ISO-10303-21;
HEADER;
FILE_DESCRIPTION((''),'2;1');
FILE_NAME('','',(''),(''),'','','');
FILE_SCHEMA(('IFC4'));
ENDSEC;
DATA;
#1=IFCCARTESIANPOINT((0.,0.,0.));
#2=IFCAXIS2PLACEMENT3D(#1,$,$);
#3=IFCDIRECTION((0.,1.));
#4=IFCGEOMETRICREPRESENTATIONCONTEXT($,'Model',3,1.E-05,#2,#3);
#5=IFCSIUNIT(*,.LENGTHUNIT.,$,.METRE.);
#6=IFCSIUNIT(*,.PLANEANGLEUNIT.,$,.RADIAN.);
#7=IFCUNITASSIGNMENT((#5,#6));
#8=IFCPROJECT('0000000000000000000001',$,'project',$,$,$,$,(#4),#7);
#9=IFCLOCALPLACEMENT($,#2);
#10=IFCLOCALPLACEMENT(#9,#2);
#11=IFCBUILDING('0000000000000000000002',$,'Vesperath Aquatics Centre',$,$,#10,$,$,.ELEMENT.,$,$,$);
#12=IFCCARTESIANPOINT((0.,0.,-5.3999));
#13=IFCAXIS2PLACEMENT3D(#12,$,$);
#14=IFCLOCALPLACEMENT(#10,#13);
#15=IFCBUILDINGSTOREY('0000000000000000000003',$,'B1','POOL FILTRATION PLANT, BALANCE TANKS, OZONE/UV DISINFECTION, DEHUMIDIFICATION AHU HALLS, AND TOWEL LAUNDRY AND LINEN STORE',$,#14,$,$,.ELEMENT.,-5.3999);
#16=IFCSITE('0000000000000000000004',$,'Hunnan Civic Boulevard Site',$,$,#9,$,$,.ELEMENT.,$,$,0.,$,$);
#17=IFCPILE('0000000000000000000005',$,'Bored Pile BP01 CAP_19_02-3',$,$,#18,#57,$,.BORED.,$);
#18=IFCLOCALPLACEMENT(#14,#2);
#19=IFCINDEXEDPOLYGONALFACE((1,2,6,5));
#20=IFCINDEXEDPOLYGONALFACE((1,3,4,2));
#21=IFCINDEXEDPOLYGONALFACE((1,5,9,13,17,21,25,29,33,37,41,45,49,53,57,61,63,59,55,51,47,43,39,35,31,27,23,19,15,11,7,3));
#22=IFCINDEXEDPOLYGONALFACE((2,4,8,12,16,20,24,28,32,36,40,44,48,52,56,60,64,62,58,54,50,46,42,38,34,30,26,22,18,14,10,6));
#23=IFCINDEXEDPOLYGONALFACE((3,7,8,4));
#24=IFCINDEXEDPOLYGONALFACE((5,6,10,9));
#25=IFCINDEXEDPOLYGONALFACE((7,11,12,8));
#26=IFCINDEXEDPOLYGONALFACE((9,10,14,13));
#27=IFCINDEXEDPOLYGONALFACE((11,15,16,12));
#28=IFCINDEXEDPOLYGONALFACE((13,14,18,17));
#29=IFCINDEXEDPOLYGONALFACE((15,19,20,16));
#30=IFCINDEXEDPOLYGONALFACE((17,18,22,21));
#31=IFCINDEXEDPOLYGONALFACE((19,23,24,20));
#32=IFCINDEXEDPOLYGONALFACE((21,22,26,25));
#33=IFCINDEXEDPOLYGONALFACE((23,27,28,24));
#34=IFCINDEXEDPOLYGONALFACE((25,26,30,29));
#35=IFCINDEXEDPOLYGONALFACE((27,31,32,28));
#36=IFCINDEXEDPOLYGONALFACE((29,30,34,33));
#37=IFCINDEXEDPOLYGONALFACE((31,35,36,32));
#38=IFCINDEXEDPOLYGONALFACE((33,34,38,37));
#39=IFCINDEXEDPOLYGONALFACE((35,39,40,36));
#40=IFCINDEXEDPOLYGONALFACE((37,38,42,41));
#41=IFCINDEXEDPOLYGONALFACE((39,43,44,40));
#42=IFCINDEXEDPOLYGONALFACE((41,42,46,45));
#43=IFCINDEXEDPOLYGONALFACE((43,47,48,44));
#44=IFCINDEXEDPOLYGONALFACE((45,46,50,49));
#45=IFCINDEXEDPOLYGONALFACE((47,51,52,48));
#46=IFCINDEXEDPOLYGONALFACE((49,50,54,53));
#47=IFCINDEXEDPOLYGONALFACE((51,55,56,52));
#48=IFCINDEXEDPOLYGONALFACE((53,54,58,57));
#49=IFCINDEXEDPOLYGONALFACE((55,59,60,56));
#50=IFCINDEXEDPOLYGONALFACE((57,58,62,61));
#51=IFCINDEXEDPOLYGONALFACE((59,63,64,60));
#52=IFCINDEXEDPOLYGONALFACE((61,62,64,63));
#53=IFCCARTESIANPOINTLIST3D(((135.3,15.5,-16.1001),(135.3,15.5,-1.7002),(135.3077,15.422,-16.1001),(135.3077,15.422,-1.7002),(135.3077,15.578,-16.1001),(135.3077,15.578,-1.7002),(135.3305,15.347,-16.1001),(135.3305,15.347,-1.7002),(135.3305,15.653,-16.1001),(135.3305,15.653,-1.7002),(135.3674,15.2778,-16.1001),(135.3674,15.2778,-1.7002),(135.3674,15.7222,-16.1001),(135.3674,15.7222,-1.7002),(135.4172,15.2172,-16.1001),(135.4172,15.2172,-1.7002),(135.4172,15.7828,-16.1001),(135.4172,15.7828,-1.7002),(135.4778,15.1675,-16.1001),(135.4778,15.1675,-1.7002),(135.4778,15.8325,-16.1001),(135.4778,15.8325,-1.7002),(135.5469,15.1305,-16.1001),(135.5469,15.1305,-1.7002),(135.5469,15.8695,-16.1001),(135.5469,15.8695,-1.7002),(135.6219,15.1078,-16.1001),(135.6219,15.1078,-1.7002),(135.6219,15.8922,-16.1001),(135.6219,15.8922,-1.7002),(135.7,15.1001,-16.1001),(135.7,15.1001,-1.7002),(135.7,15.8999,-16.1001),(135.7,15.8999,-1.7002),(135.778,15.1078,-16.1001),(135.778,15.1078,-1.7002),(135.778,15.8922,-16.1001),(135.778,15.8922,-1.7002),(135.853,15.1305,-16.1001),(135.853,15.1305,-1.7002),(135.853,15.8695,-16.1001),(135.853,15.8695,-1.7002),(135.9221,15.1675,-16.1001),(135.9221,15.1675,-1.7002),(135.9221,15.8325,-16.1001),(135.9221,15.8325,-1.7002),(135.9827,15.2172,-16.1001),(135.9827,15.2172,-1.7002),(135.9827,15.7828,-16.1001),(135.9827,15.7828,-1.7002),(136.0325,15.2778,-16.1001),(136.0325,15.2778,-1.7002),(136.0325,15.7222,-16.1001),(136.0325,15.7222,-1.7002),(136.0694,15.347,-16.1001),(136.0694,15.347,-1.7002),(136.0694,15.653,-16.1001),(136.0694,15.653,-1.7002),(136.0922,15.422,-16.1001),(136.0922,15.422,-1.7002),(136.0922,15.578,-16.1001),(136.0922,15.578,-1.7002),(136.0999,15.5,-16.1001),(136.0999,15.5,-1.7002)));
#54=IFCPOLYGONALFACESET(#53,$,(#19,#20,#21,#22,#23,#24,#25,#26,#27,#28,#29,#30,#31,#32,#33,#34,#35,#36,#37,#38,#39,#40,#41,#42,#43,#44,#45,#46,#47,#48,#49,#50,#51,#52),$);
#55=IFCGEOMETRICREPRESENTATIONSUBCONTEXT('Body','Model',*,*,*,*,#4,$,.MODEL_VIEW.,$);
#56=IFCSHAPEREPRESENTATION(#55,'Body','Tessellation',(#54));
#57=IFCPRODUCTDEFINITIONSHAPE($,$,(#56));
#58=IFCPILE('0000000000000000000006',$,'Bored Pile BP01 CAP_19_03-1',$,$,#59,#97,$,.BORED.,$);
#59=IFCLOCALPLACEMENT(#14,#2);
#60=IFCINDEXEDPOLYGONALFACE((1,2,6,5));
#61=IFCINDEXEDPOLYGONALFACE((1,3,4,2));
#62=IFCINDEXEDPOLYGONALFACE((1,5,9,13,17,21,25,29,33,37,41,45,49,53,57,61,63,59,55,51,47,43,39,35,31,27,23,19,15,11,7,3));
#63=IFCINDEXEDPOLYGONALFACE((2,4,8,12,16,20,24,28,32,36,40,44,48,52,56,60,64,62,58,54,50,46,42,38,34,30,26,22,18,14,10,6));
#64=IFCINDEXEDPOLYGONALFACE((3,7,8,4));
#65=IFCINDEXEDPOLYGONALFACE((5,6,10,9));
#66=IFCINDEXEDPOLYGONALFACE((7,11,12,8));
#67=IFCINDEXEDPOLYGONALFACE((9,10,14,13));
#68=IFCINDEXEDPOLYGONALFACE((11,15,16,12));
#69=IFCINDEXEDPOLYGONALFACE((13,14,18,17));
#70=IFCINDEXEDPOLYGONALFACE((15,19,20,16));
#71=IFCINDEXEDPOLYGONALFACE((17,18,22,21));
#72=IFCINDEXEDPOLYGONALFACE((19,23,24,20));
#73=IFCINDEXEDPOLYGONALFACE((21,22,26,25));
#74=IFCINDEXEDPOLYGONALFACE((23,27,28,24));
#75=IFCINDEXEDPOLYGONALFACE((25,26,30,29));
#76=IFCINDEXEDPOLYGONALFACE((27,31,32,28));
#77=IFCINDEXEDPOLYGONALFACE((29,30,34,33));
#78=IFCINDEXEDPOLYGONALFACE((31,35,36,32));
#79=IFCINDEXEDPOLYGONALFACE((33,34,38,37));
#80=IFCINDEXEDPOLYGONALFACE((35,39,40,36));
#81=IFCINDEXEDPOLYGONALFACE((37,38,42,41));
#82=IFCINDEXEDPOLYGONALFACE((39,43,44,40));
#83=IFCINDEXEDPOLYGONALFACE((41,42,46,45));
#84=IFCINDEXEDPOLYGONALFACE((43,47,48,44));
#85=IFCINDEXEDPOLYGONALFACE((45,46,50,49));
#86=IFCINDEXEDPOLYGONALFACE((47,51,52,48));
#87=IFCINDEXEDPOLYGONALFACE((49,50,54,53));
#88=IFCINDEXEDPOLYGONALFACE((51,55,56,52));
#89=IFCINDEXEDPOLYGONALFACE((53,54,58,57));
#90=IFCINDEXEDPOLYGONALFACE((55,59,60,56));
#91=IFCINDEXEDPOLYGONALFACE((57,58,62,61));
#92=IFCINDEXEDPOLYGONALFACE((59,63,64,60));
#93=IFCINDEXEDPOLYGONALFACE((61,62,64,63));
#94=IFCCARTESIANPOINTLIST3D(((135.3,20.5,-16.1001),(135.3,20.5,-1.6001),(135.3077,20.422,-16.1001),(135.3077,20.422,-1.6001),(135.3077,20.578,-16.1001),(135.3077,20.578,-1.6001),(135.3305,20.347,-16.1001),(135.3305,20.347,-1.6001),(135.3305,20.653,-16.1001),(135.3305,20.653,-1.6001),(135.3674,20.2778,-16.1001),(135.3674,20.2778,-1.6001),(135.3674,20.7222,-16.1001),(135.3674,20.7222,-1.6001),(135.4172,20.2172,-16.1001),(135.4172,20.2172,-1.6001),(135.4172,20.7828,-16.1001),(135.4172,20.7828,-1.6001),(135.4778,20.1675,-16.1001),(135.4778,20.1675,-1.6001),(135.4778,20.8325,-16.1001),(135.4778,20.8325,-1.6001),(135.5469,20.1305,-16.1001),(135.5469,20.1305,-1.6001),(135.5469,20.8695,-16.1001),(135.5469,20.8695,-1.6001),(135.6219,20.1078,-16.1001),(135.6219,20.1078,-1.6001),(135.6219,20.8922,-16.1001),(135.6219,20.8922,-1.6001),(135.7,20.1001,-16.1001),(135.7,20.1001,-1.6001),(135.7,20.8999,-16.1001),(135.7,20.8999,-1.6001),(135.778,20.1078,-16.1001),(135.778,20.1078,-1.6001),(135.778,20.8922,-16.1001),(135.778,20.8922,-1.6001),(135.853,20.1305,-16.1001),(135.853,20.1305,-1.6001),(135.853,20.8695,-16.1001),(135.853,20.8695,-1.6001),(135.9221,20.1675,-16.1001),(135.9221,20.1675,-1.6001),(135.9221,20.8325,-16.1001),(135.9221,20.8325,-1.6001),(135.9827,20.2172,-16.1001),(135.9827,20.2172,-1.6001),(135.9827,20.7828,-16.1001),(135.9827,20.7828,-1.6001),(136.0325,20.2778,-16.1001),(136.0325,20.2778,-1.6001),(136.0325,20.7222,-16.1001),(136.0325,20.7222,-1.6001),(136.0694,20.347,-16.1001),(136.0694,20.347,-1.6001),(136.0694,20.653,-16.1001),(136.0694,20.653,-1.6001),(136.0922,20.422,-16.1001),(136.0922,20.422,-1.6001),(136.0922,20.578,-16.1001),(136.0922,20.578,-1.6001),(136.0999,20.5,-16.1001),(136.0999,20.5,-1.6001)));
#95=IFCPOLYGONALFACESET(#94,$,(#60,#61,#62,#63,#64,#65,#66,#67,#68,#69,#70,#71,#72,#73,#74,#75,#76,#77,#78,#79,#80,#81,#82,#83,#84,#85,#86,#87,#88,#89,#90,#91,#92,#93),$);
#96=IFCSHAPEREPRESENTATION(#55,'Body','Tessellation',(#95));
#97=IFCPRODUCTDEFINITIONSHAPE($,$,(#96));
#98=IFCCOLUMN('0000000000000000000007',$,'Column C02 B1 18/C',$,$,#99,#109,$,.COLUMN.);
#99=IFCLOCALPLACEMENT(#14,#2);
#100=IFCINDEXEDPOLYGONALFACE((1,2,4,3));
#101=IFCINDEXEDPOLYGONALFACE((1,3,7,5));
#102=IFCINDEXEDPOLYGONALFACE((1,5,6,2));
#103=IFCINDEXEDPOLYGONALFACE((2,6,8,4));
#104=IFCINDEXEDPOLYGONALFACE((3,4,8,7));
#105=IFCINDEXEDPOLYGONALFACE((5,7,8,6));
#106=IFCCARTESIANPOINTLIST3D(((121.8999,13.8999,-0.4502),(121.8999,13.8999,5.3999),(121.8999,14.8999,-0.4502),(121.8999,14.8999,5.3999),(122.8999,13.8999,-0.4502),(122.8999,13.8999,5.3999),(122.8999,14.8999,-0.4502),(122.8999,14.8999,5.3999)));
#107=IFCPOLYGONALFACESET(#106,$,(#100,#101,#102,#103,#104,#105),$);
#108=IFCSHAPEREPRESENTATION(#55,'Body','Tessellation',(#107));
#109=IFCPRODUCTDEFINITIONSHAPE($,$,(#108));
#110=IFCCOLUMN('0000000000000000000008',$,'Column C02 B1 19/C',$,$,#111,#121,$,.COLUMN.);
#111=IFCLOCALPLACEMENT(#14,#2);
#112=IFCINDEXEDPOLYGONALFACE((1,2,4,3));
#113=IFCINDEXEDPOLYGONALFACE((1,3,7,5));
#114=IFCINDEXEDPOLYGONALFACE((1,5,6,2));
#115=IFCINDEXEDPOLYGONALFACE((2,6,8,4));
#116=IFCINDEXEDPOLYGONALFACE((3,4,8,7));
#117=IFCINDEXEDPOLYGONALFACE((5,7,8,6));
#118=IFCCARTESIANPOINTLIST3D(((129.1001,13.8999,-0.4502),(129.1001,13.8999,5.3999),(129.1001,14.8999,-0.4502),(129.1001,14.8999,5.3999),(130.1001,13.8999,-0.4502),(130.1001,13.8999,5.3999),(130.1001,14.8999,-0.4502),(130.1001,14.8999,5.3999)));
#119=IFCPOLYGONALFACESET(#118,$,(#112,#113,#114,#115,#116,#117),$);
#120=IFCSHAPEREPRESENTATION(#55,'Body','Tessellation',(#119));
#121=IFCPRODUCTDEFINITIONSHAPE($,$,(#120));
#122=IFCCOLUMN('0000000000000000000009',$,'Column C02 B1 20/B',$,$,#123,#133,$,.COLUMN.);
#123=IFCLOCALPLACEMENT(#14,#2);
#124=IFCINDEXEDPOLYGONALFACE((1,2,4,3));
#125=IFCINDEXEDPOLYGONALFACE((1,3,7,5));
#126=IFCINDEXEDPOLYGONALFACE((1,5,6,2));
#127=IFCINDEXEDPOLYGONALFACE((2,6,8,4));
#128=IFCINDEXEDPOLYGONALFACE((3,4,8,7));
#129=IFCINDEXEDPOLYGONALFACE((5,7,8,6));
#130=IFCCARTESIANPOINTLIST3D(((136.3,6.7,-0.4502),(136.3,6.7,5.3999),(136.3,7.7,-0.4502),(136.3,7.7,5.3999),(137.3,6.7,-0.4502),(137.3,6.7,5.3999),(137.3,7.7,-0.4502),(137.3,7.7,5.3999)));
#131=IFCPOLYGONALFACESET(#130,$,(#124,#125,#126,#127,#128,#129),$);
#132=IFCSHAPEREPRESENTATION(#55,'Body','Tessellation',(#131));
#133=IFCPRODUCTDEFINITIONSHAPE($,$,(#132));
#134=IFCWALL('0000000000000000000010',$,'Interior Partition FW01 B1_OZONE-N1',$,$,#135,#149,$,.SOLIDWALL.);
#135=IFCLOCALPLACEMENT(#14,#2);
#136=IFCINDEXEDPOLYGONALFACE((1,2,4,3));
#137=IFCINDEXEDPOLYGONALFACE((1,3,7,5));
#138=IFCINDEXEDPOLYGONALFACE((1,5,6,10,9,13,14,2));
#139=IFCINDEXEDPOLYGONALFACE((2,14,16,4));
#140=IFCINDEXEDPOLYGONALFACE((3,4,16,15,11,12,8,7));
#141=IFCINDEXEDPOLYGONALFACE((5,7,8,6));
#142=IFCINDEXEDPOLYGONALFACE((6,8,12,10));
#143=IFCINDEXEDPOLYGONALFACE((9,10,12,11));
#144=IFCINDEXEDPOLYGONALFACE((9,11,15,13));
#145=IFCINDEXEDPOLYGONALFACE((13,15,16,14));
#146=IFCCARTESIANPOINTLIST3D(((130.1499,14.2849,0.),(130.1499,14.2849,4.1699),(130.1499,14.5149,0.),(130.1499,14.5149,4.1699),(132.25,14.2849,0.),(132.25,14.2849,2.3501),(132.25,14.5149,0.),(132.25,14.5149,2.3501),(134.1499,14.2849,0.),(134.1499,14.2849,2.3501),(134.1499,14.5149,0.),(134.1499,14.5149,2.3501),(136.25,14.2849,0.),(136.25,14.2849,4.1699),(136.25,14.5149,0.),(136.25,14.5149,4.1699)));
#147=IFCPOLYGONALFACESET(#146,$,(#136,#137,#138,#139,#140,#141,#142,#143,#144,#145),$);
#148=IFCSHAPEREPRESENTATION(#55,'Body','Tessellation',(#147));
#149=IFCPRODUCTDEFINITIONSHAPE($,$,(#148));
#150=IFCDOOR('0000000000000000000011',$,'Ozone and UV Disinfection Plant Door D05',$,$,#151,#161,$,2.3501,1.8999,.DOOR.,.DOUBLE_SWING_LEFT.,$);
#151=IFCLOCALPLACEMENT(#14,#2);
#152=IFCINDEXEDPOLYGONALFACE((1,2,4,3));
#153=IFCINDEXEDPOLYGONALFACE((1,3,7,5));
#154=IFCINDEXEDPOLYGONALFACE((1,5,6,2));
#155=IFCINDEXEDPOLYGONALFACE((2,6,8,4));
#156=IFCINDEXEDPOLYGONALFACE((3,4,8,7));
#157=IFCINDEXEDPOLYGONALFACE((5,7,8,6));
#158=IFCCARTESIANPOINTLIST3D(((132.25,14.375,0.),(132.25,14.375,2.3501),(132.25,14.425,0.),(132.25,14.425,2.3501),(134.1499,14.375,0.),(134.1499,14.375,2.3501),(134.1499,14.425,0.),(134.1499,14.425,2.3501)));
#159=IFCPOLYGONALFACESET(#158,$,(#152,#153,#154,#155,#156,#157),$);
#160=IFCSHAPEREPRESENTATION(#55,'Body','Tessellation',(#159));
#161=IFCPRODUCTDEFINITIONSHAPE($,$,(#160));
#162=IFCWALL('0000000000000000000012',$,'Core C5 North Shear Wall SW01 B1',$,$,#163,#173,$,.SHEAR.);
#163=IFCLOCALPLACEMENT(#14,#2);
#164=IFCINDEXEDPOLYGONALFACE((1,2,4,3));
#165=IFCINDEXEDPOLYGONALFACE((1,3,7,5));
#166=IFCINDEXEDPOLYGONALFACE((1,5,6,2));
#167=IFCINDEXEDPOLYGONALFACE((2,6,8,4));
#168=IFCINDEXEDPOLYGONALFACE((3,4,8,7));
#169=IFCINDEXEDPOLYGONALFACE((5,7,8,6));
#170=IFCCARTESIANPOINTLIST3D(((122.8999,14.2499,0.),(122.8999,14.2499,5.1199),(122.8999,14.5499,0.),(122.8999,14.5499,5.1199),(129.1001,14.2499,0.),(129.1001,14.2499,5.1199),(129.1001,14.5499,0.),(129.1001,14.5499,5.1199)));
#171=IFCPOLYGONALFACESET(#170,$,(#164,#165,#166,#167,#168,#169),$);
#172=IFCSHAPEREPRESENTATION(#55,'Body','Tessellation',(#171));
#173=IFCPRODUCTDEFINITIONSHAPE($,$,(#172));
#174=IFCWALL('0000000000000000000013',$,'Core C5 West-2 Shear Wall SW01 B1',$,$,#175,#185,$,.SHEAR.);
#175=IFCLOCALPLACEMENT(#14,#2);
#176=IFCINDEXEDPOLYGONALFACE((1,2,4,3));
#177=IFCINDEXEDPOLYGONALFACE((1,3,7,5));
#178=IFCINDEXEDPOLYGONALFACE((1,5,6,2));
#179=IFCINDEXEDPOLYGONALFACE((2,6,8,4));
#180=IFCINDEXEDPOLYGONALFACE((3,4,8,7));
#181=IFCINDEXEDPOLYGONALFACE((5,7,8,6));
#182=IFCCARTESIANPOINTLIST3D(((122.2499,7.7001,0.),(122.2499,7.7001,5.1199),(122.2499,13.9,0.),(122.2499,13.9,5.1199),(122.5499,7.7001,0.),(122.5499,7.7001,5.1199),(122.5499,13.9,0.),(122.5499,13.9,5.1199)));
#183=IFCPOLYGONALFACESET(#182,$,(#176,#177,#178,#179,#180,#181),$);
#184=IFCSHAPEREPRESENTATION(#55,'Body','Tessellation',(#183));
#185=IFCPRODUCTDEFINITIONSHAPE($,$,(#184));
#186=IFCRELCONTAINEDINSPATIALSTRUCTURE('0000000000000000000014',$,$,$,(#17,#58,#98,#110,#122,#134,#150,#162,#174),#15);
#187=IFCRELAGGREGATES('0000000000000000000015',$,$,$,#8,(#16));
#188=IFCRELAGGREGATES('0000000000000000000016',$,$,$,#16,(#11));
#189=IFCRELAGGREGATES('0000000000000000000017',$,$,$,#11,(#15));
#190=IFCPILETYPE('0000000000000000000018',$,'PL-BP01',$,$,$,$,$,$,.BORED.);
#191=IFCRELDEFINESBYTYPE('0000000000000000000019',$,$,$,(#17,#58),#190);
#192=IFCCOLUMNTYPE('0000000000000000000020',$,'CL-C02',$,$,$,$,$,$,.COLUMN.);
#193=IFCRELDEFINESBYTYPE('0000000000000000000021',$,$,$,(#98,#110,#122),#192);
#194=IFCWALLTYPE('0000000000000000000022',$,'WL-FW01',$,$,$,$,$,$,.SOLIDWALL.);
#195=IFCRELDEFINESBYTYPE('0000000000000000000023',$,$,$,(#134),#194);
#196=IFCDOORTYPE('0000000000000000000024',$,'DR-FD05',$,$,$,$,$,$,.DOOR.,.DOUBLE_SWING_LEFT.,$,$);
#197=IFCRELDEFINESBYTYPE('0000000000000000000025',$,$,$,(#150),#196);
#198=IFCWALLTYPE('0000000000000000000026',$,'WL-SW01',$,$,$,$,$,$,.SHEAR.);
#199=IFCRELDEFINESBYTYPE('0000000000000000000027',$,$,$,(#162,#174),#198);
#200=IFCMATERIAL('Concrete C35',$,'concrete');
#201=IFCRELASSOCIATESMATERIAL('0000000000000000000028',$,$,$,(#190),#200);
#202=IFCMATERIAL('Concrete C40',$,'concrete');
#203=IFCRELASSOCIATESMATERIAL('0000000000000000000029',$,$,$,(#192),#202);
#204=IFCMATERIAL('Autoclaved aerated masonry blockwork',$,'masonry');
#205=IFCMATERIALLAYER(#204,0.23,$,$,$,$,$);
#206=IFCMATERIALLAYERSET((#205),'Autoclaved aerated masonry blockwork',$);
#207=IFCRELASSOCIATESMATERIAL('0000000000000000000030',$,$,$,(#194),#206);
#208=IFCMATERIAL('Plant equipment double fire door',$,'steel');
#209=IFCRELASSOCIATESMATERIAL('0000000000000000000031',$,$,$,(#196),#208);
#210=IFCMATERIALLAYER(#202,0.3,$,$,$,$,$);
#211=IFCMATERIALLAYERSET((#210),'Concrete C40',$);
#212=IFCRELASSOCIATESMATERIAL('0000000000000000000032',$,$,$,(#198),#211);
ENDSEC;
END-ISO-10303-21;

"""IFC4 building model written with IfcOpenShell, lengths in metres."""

from ifc_helpers import new_model, si_unit, direction, frame, frame_2d, origin, origin_2d, place, context, subcontext, project, spatial, rectangle, circle, extrude, material, layer, layer_set, material_profile, profile_set, type_object, element, fill, save


model = new_model("IFC4")

# Units and contexts
model_context = context("Model", 3, precision=1e-05, world=origin(), true_north=direction((0.0, 1.0)))
body_context = subcontext(model_context, "Body", "Model", "MODEL_VIEW")
ifc_project = project(units=[si_unit("LENGTHUNIT", "METRE"), si_unit("PLANEANGLEUNIT", "RADIAN")], contexts=[model_context])

# Site, building, storey
site_placement = place(None, origin())
site = spatial("IfcSite", under=ifc_project, at=site_placement, Name="Hunnan Civic Boulevard Site", CompositionType="ELEMENT", RefElevation=0.0)
building_placement = place(site_placement, origin())
building = spatial("IfcBuilding", under=site, at=building_placement, Name="Vesperath Aquatics Centre", CompositionType="ELEMENT")
storey_placement = place(building_placement, frame((0.0, 0.0, -5.3999)))
storey = spatial("IfcBuildingStorey", under=building, at=storey_placement, Name="B1", Description="POOL FILTRATION PLANT, BALANCE TANKS, OZONE/UV DISINFECTION, DEHUMIDIFICATION AHU HALLS, AND TOWEL LAUNDRY AND LINEN STORE", CompositionType="ELEMENT", Elevation=-5.3999)

# Shared definitions
ifc_material_1 = material(Name="Concrete C40", Category="concrete")

# Piles
ifc_material_2 = material(Name="Concrete C35", Category="concrete")
ifc_material_profile_1 = material_profile(ifc_material_2, circle(Radius=0.3999, at=origin_2d()), Name="PILE D800")
ifc_profile_set_1 = profile_set([ifc_material_profile_1], Name="Concrete C35")
pile_type = type_object("IfcPileType", Name="PL-BP01", PredefinedType="BORED", material=ifc_profile_set_1)
for number, where, z_axis, x_axis, name in (
    (1, (135.7, 15.5, -1.7002), (0.0, 0.0, -1.0), (1.0, 0.0, 0.0), "Bored Pile BP01 CAP_19_02-3"),
):
    element("IfcPile", number, at=place(storey_placement, frame(where, z_axis=z_axis, x_axis=x_axis)), inside=storey, type_object=pile_type, Name=name, PredefinedType="BORED", context=body_context, shape_type="SweptSolid", body=[
        extrude(circle(Radius=0.3999, at=origin_2d()), origin(), (0.0, 0.0, 1.0), 14.3999),
    ])
pile_1_placement = place(storey_placement, frame((135.7, 20.5, -1.6001), z_axis=(0.0, 0.0, -1.0), x_axis=(1.0, 0.0, 0.0)))
element("IfcPile", 2, at=pile_1_placement, inside=storey, type_object=pile_type, Name="Bored Pile BP01 CAP_19_03-1", PredefinedType="BORED", context=body_context, shape_type="SweptSolid", body=[
    extrude(circle(Radius=0.3999, at=origin_2d()), origin(), (0.0, 0.0, 1.0), 14.5),
])

# Columns
ifc_material_profile_2 = material_profile(ifc_material_1, rectangle(XDim=1.0, YDim=1.0, at=origin_2d()), Name="RC 1000x1000")
ifc_profile_set_2 = profile_set([ifc_material_profile_2], Name="Concrete C40")
column_type = type_object("IfcColumnType", Name="CL-C02", PredefinedType="COLUMN", material=ifc_profile_set_2)
for number, where, z_axis, x_axis, name in (
    (3, (122.3999, 14.3999, -0.4502), (0.0, 0.0, 1.0), (1.0, 0.0, 0.0), "Column C02 B1 18/C"),
    (4, (129.6001, 14.3999, -0.4502), (0.0, 0.0, 1.0), (1.0, 0.0, 0.0), "Column C02 B1 19/C"),
    (5, (136.8, 7.2, -0.4502), (0.0, 0.0, 1.0), (1.0, 0.0, 0.0), "Column C02 B1 20/B"),
):
    element("IfcColumn", number, at=place(storey_placement, frame(where, z_axis=z_axis, x_axis=x_axis)), inside=storey, type_object=column_type, Name=name, PredefinedType="COLUMN", context=body_context, shape_type="SweptSolid", body=[
        extrude(rectangle(XDim=1.0, YDim=1.0, at=origin_2d()), origin(), (0.0, 0.0, 1.0), 5.8501),
    ])

# Wall, opening, door
ifc_material_3 = material(Name="Autoclaved aerated masonry blockwork", Category="masonry")
ifc_layer_1 = layer(ifc_material_3, 0.23)
ifc_layer_set_1 = layer_set([ifc_layer_1], Name="Autoclaved aerated masonry blockwork")
wall_type_1 = type_object("IfcWallType", Name="WL-FW01", PredefinedType="SOLIDWALL", material=ifc_layer_set_1)
wall_1_placement = place(storey_placement, frame((130.1499, 14.3999, 0.0), z_axis=(0.0, 0.0, 1.0), x_axis=(1.0, 0.0, 0.0)))
wall_1 = element("IfcWall", 6, at=wall_1_placement, inside=storey, type_object=wall_type_1, Name="Interior Partition FW01 B1_OZONE-N1", PredefinedType="SOLIDWALL", context=body_context, shape_type="SweptSolid", body=[
    extrude(rectangle(XDim=6.1001, YDim=0.23, at=frame_2d((3.05, 0.0))), origin(), (0.0, 0.0, 1.0), 4.1699),
])
opening_1_placement = place(wall_1_placement, frame((2.1001, 0.0, 0.0)))
opening_1 = element("IfcOpeningElement", 7, at=opening_1_placement, cuts=wall_1, PredefinedType="OPENING", context=body_context, shape_type="SweptSolid", body=[
    extrude(rectangle(XDim=1.8999, YDim=2.3501, at=frame_2d((0.95, 1.175))), frame((0.0, 0.1299, 0.0), z_axis=(0.0, -1.0, 0.0), x_axis=(1.0, 0.0, 0.0)), (0.0, 0.0, 1.0), 0.2598),
])
ifc_material_4 = material(Name="Plant equipment double fire door", Category="steel")
door_type_1 = type_object("IfcDoorType", Name="DR-FD05", OperationType="DOUBLE_SWING_LEFT", PredefinedType="DOOR", material=ifc_material_4)
door_1_placement = place(opening_1_placement, frame((1.8999, 0.0, 0.0), z_axis=(0.0, 0.0, 1.0), x_axis=(-1.0, 0.0, 0.0)))
door_1 = element("IfcDoor", 8, at=door_1_placement, inside=storey, type_object=door_type_1, Name="Ozone and UV Disinfection Plant Door D05", OperationType="DOUBLE_SWING_LEFT", OverallHeight=2.3501, OverallWidth=1.8999, PredefinedType="DOOR", context=body_context, shape_type="SweptSolid", body=[
    extrude(rectangle(XDim=1.8999, YDim=2.3501, at=frame_2d((0.95, 1.175))), frame((0.0, 0.0249, 0.0), z_axis=(0.0, -1.0, 0.0), x_axis=(1.0, 0.0, 0.0)), (0.0, 0.0, 1.0), 0.05),
])
fill(opening_1, door_1)

# Walls
ifc_layer_2 = layer(ifc_material_1, 0.3)
ifc_layer_set_2 = layer_set([ifc_layer_2], Name="Concrete C40")
wall_type_2 = type_object("IfcWallType", Name="WL-SW01", PredefinedType="SHEAR", material=ifc_layer_set_2)
wall_2_placement = place(storey_placement, frame((122.8999, 14.3999, 0.0), z_axis=(0.0, 0.0, 1.0), x_axis=(1.0, 0.0, 0.0)))
element("IfcWall", 9, at=wall_2_placement, inside=storey, type_object=wall_type_2, Name="Core C5 North Shear Wall SW01 B1", PredefinedType="SHEAR", context=body_context, shape_type="SweptSolid", body=[
    extrude(rectangle(XDim=6.2002, YDim=0.3, at=frame_2d((3.1001, 0.0))), origin(), (0.0, 0.0, 1.0), 5.1199),
])
wall_3_placement = place(storey_placement, frame((122.3999, 7.7, 0.0), z_axis=(0.0, 0.0, 1.0), x_axis=(0.0, 1.0, 0.0)))
element("IfcWall", 10, at=wall_3_placement, inside=storey, type_object=wall_type_2, Name="Core C5 West-2 Shear Wall SW01 B1", PredefinedType="SHEAR", context=body_context, shape_type="SweptSolid", body=[
    extrude(rectangle(XDim=6.2, YDim=0.3, at=frame_2d((3.1001, 0.0))), origin(), (0.0, 0.0, 1.0), 5.1199),
])

save(model, "model.ifc")
